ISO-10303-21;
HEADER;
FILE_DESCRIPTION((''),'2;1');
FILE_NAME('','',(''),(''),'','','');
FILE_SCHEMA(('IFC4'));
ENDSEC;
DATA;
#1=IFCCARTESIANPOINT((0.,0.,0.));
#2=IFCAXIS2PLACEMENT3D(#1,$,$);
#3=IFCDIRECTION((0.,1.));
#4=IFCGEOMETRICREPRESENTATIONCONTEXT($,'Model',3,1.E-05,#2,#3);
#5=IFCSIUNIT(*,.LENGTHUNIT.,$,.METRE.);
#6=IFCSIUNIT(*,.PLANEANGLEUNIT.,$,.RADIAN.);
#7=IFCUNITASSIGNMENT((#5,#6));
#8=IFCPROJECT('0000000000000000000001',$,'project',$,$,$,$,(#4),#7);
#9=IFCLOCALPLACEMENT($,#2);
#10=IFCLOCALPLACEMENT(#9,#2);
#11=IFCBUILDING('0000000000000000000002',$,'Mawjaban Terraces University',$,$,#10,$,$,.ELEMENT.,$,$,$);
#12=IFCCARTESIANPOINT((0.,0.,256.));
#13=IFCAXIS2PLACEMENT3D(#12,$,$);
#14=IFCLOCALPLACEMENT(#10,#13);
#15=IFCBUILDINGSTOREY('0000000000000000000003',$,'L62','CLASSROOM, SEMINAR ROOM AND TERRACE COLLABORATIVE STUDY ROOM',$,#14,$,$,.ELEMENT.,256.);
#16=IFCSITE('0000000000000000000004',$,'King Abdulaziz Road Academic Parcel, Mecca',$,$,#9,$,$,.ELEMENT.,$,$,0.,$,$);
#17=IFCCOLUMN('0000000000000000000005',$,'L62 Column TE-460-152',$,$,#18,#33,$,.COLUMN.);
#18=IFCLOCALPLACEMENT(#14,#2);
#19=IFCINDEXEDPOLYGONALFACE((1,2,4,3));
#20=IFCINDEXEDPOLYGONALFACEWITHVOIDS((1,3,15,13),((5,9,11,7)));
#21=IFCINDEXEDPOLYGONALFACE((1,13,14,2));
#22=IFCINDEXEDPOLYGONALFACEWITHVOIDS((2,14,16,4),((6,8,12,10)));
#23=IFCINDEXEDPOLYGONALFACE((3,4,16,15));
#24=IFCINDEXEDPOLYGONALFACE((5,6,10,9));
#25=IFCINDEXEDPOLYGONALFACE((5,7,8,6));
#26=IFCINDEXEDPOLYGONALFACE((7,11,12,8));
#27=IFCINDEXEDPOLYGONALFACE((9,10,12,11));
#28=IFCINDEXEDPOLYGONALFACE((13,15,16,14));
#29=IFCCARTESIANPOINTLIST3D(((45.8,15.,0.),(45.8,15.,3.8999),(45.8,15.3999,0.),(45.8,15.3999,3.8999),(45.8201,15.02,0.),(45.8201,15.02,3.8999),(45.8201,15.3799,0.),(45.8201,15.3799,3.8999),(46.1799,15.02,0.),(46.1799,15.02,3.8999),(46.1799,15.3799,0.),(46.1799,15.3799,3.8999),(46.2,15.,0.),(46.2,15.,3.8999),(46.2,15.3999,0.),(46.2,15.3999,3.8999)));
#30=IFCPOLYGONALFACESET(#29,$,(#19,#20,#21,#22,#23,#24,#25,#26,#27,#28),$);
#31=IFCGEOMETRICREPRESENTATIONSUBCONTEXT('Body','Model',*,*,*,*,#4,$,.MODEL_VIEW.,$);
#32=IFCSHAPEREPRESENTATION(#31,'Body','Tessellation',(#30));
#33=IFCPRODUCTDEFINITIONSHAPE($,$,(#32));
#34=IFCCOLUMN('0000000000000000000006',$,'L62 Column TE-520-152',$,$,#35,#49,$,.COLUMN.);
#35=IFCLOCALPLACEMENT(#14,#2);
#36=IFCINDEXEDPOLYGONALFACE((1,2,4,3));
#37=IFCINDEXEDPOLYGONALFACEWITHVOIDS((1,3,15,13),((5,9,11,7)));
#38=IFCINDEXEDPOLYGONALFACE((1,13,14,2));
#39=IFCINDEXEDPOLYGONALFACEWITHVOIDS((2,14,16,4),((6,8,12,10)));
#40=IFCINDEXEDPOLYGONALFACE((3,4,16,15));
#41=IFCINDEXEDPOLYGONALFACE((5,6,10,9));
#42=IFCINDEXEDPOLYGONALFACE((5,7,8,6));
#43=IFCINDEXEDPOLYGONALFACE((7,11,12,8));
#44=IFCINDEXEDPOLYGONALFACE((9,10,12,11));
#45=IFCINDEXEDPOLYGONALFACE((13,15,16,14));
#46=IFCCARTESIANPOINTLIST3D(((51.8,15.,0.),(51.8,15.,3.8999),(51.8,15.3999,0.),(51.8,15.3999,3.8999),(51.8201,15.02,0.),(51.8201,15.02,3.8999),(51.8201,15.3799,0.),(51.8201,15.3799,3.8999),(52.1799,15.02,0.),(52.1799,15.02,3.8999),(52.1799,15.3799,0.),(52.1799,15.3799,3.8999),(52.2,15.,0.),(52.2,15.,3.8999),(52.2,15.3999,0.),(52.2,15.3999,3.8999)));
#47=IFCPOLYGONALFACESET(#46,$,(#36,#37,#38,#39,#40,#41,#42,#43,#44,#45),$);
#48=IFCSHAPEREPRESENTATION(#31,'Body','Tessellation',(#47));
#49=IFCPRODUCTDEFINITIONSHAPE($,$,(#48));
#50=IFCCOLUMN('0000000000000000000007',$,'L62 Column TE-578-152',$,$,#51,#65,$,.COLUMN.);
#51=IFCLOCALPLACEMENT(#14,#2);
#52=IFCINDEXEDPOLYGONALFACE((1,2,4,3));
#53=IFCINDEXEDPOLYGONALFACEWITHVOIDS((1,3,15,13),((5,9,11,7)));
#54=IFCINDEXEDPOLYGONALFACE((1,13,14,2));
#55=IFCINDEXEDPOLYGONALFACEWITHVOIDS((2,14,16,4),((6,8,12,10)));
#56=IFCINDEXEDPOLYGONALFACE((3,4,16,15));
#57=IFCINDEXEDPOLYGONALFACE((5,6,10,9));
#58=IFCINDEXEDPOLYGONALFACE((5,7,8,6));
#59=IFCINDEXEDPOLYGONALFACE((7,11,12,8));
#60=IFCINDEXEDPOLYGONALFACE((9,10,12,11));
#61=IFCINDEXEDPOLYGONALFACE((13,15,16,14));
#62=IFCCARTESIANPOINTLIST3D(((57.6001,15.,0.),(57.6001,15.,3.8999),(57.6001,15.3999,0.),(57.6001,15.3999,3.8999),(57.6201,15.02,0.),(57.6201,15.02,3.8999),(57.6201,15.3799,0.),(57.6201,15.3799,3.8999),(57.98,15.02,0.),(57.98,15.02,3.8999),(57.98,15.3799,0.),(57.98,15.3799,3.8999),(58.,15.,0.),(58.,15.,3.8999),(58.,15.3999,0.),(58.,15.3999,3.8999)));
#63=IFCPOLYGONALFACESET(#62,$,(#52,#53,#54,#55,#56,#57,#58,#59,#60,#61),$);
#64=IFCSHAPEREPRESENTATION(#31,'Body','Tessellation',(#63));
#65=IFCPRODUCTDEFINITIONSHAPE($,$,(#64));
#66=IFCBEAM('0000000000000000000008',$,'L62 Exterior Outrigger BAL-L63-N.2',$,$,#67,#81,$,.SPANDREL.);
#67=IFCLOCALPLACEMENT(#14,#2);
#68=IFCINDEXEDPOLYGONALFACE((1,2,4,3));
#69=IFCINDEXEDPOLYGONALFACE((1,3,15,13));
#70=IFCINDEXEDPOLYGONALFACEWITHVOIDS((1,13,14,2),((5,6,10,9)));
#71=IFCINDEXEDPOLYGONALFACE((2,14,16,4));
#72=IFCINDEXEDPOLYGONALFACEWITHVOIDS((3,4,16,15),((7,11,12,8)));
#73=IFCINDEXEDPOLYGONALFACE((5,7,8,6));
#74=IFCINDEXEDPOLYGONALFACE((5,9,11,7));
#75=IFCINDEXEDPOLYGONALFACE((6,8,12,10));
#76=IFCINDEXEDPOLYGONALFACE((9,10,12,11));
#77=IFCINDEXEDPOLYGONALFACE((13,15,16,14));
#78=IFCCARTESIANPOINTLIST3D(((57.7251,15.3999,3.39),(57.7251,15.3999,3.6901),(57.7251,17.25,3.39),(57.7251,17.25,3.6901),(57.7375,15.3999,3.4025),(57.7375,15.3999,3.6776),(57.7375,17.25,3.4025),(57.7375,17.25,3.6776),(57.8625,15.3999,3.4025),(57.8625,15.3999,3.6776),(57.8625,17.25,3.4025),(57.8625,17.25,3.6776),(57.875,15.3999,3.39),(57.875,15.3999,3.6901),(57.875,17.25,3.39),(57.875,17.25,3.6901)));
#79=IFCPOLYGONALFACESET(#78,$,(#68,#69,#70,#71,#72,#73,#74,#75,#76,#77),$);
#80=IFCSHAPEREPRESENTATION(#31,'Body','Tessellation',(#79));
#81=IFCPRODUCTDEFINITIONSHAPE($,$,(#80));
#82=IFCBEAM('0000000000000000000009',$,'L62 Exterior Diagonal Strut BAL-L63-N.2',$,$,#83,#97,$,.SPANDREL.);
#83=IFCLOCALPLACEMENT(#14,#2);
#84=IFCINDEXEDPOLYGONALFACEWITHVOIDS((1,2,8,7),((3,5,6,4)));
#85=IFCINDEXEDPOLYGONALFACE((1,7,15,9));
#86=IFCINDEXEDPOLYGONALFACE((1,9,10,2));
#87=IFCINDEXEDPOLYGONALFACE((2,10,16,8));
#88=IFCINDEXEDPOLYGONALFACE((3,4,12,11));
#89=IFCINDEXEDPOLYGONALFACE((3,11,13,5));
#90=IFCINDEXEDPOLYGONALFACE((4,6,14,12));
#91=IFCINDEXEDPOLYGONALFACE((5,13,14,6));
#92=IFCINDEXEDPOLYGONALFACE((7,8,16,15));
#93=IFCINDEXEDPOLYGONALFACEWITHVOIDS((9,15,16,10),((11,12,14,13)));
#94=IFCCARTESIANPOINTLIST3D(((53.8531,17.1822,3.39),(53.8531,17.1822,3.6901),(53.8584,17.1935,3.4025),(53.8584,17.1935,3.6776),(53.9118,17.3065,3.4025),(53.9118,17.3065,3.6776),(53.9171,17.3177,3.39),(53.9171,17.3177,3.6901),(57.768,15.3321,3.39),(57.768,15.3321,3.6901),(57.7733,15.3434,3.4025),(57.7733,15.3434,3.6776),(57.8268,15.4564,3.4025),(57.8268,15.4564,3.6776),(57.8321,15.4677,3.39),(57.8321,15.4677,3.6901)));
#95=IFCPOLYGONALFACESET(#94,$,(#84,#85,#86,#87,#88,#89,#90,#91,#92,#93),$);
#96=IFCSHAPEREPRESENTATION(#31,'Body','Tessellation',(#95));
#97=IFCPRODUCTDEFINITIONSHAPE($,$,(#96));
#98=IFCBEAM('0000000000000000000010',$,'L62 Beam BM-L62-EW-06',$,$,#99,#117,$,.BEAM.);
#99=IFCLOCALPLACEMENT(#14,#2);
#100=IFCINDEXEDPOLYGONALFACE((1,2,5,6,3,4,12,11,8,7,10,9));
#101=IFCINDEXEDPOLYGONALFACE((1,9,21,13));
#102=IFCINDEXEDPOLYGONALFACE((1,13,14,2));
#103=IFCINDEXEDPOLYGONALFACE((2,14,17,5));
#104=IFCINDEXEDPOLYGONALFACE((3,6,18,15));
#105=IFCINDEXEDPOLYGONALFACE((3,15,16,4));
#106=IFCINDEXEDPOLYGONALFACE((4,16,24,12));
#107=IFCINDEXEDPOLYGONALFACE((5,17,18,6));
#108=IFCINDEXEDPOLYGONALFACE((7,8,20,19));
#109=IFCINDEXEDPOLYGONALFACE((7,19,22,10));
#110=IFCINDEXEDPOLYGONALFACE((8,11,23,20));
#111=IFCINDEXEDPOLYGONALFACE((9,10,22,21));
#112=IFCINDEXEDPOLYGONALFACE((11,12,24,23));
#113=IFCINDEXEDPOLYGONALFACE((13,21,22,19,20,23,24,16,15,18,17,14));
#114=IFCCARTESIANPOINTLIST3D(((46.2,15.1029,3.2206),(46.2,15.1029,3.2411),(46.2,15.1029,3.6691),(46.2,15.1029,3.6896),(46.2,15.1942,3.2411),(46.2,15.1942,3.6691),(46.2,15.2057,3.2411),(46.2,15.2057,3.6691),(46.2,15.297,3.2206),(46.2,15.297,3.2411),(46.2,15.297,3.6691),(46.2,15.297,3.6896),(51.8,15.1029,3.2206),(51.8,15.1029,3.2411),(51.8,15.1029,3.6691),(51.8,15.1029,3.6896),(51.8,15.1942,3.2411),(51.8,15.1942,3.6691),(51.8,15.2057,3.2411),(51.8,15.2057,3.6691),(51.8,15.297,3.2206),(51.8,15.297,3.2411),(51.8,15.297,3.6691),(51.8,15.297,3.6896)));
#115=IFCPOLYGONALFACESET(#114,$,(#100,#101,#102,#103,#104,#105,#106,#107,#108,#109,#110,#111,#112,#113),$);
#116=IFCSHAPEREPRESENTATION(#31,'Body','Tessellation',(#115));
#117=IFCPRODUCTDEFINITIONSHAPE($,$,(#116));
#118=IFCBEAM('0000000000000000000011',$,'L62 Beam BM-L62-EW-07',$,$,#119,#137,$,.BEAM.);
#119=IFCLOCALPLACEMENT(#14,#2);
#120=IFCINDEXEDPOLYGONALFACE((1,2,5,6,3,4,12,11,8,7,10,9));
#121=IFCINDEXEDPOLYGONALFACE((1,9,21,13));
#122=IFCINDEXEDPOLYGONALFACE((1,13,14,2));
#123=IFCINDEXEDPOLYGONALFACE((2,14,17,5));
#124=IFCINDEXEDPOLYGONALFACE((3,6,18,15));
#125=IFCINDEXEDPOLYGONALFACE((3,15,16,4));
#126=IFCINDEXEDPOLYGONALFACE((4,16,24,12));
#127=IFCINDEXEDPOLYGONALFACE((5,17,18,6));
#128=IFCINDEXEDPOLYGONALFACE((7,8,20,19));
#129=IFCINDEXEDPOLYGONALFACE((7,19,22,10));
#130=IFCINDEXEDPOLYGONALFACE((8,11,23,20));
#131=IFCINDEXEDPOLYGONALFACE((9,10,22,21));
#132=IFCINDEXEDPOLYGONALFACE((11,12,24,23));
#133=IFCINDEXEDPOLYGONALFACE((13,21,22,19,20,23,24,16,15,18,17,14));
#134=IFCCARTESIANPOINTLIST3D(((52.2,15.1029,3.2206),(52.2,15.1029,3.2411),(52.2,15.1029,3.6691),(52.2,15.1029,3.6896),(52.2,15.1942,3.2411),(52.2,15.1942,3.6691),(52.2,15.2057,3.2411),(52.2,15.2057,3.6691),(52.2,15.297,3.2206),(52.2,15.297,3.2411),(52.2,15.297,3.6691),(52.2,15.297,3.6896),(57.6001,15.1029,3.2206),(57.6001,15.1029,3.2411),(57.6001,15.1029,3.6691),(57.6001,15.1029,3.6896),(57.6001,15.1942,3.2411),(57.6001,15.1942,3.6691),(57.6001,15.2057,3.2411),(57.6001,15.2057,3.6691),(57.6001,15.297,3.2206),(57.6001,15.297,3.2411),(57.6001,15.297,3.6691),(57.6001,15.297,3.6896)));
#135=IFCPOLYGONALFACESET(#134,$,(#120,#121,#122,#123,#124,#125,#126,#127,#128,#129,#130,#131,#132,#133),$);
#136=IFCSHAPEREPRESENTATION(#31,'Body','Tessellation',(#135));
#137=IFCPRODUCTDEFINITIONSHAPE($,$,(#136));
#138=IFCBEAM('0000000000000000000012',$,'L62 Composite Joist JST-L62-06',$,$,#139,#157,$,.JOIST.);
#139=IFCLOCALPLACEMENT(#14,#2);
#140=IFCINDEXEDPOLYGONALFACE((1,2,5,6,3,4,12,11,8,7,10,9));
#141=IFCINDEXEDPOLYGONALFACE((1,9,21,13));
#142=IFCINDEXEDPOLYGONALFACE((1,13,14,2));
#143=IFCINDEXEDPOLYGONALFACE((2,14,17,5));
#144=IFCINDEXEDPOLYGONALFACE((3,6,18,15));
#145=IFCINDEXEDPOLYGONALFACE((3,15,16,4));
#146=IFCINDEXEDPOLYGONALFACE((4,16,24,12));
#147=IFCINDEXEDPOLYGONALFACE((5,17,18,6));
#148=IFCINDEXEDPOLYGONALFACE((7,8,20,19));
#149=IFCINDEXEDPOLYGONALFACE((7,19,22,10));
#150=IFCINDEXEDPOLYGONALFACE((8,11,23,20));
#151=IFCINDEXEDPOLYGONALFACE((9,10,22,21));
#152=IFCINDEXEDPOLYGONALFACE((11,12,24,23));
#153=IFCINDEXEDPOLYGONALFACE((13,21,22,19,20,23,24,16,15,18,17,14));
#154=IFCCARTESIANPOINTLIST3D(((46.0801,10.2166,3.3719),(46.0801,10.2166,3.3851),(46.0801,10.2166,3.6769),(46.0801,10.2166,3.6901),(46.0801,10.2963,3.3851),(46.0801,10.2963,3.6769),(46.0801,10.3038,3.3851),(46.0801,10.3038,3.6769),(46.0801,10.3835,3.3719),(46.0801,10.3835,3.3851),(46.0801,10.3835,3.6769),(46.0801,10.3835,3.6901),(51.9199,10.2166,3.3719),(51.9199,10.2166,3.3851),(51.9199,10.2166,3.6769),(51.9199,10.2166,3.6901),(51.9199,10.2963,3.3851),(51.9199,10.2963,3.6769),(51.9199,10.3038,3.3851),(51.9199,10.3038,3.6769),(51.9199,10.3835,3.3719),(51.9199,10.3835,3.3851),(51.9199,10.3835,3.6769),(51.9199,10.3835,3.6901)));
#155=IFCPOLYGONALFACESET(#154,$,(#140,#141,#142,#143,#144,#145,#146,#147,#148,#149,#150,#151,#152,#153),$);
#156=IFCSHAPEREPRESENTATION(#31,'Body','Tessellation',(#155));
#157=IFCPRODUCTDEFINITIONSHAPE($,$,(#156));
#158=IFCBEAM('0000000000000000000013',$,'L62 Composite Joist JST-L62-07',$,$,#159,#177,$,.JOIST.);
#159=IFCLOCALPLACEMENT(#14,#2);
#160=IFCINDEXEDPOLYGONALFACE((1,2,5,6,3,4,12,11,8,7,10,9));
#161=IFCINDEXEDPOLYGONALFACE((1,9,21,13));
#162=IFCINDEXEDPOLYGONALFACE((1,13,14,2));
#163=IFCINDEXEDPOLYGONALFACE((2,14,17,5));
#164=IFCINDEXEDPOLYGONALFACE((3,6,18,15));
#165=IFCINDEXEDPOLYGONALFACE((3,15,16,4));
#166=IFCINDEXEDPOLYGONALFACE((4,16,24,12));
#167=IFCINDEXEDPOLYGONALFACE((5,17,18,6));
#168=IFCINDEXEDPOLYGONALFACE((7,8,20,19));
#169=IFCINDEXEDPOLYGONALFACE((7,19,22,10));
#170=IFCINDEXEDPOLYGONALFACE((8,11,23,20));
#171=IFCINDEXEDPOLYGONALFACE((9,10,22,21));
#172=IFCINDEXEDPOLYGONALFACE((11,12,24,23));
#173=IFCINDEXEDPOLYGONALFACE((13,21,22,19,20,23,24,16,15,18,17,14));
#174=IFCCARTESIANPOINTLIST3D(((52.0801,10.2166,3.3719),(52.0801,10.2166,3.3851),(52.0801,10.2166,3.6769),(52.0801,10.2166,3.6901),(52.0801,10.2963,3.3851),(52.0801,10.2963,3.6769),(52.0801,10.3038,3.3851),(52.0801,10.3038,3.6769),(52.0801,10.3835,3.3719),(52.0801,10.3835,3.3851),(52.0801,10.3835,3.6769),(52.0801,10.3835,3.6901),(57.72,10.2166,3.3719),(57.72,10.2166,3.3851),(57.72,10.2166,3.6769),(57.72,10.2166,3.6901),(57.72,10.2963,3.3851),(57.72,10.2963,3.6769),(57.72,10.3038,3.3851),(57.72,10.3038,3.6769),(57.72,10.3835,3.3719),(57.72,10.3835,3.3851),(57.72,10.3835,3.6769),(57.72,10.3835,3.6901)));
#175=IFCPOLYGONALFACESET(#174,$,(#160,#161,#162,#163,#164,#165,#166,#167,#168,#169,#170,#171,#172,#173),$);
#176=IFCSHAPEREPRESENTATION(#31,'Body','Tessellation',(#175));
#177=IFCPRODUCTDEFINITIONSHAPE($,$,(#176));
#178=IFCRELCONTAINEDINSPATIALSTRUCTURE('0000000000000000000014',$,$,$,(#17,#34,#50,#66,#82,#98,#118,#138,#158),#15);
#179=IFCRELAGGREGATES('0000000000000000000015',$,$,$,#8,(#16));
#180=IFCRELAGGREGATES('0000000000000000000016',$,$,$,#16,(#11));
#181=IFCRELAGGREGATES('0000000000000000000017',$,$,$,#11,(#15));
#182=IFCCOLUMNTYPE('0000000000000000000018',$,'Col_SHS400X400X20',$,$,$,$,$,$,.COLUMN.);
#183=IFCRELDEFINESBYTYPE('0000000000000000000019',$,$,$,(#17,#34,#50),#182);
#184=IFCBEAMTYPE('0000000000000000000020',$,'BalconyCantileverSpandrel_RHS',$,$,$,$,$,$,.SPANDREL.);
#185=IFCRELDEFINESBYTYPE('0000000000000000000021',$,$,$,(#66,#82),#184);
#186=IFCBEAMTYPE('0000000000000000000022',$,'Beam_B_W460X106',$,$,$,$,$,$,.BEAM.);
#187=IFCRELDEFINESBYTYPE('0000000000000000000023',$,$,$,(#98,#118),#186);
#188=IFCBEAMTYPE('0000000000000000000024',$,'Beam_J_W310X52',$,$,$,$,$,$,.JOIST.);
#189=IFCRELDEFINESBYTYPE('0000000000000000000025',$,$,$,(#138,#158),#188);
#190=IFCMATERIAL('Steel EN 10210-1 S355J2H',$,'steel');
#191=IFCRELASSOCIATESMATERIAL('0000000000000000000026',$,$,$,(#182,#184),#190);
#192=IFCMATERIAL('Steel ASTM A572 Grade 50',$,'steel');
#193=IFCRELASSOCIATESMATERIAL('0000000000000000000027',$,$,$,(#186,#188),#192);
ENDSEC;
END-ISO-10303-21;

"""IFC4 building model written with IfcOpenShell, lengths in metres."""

from ifc_helpers import new_model, si_unit, direction, frame, origin, origin_2d, place, context, subcontext, project, spatial, hollow_rectangle, i_section, extrude, material, material_profile, profile_set, type_object, element, save


model = new_model("IFC4")

# Units and contexts
model_context = context("Model", 3, precision=1e-05, world=origin(), true_north=direction((0.0, 1.0)))
body_context = subcontext(model_context, "Body", "Model", "MODEL_VIEW")
ifc_project = project(units=[si_unit("LENGTHUNIT", "METRE"), si_unit("PLANEANGLEUNIT", "RADIAN")], contexts=[model_context])

# Site, building, storey
site_placement = place(None, origin())
site = spatial("IfcSite", under=ifc_project, at=site_placement, Name="King Abdulaziz Road Academic Parcel, Mecca", CompositionType="ELEMENT", RefElevation=0.0)
building_placement = place(site_placement, origin())
building = spatial("IfcBuilding", under=site, at=building_placement, Name="Mawjaban Terraces University", CompositionType="ELEMENT")
storey_placement = place(building_placement, frame((0.0, 0.0, 256.0)))
storey = spatial("IfcBuildingStorey", under=building, at=storey_placement, Name="L62", Description="CLASSROOM, SEMINAR ROOM AND TERRACE COLLABORATIVE STUDY ROOM", CompositionType="ELEMENT", Elevation=256.0)

# Columns
ifc_material_1 = material(Name="Steel EN 10210-1 S355J2H", Category="steel")
ifc_material_profile_1 = material_profile(ifc_material_1, hollow_rectangle(XDim=0.3999, YDim=0.3999, WallThickness=0.02, at=origin_2d()), Name="SHS400X400X20")
ifc_profile_set_1 = profile_set([ifc_material_profile_1], Name="Steel EN 10210-1 S355J2H")
column_type = type_object("IfcColumnType", Name="Col_SHS400X400X20", PredefinedType="COLUMN", material=ifc_profile_set_1)
for number, where, z_axis, x_axis, name in (
    (1, (46.0, 15.2, 0.0), (0.0, 0.0, 1.0), (1.0, 0.0, 0.0), "L62 Column TE-460-152"),
    (2, (52.0, 15.2, 0.0), (0.0, 0.0, 1.0), (1.0, 0.0, 0.0), "L62 Column TE-520-152"),
    (3, (57.8, 15.2, 0.0), (0.0, 0.0, 1.0), (1.0, 0.0, 0.0), "L62 Column TE-578-152"),
):
    element("IfcColumn", number, at=place(storey_placement, frame(where, z_axis=z_axis, x_axis=x_axis)), inside=storey, type_object=column_type, Name=name, PredefinedType="COLUMN", context=body_context, shape_type="SweptSolid", body=[
        extrude(hollow_rectangle(XDim=0.3999, YDim=0.3999, WallThickness=0.02, at=origin_2d()), origin(), (0.0, 0.0, 1.0), 3.8999),
    ])

# Beams
ifc_material_profile_2 = material_profile(ifc_material_1, hollow_rectangle(XDim=0.1499, YDim=0.3, WallThickness=0.0125, at=origin_2d()), Name="RHS300X150X12.5")
ifc_profile_set_2 = profile_set([ifc_material_profile_2], Name="Steel EN 10210-1 S355J2H")
beam_type_1 = type_object("IfcBeamType", Name="BalconyCantileverSpandrel_RHS", PredefinedType="SPANDREL", material=ifc_profile_set_2)
beam_1_placement = place(storey_placement, frame((57.8, 15.3999, 3.54), z_axis=(0.0, 1.0, 0.0), x_axis=(-1.0, 0.0, 0.0)))
element("IfcBeam", 4, at=beam_1_placement, inside=storey, type_object=beam_type_1, Name="L62 Exterior Outrigger BAL-L63-N.2", PredefinedType="SPANDREL", context=body_context, shape_type="SweptSolid", body=[
    extrude(hollow_rectangle(XDim=0.1499, YDim=0.3, WallThickness=0.0125, at=origin_2d()), origin(), (0.0, 0.0, 1.0), 1.8501),
])
beam_2_placement = place(storey_placement, frame((57.8, 15.3999, 3.54), z_axis=(-0.90413, 0.427257, 0.0), x_axis=(-0.427257, -0.90413, 0.0)))
element("IfcBeam", 5, at=beam_2_placement, inside=storey, type_object=beam_type_1, Name="L62 Exterior Diagonal Strut BAL-L63-N.2", PredefinedType="SPANDREL", context=body_context, shape_type="SweptSolid", body=[
    extrude(hollow_rectangle(XDim=0.1499, YDim=0.3, WallThickness=0.0125, at=origin_2d()), origin(), (0.0, 0.0, 1.0), 4.3301),
])
ifc_material_2 = material(Name="Steel ASTM A572 Grade 50", Category="steel")
ifc_material_profile_3 = material_profile(ifc_material_2, i_section(OverallWidth=0.1941, OverallDepth=0.469, WebThickness=0.0115, FlangeThickness=0.0205, at=origin_2d()), Name="W460X106")
ifc_profile_set_3 = profile_set([ifc_material_profile_3], Name="Steel ASTM A572 Grade 50")
beam_type_2 = type_object("IfcBeamType", Name="Beam_B_W460X106", PredefinedType="BEAM", material=ifc_profile_set_3)
beam_3_placement = place(storey_placement, frame((46.2, 15.2, 3.4551), z_axis=(1.0, 0.0, 0.0), x_axis=(0.0, 1.0, 0.0)))
element("IfcBeam", 6, at=beam_3_placement, inside=storey, type_object=beam_type_2, Name="L62 Beam BM-L62-EW-06", PredefinedType="BEAM", context=body_context, shape_type="SweptSolid", body=[
    extrude(i_section(OverallWidth=0.1941, OverallDepth=0.469, WebThickness=0.0115, FlangeThickness=0.0205, at=origin_2d()), origin(), (0.0, 0.0, 1.0), 5.6001),
])
beam_4_placement = place(storey_placement, frame((52.2, 15.2, 3.4551), z_axis=(1.0, 0.0, 0.0), x_axis=(0.0, 1.0, 0.0)))
element("IfcBeam", 7, at=beam_4_placement, inside=storey, type_object=beam_type_2, Name="L62 Beam BM-L62-EW-07", PredefinedType="BEAM", context=body_context, shape_type="SweptSolid", body=[
    extrude(i_section(OverallWidth=0.1941, OverallDepth=0.469, WebThickness=0.0115, FlangeThickness=0.0205, at=origin_2d()), origin(), (0.0, 0.0, 1.0), 5.4001),
])
ifc_material_profile_4 = material_profile(ifc_material_2, i_section(OverallWidth=0.167, OverallDepth=0.3181, WebThickness=0.0076, FlangeThickness=0.0132, at=origin_2d()), Name="W310X52")
ifc_profile_set_4 = profile_set([ifc_material_profile_4], Name="Steel ASTM A572 Grade 50")
beam_type_3 = type_object("IfcBeamType", Name="Beam_J_W310X52", PredefinedType="JOIST", material=ifc_profile_set_4)
beam_5_placement = place(storey_placement, frame((46.0801, 10.3, 3.531), z_axis=(1.0, 0.0, 0.0), x_axis=(0.0, 1.0, 0.0)))
element("IfcBeam", 8, at=beam_5_placement, inside=storey, type_object=beam_type_3, Name="L62 Composite Joist JST-L62-06", PredefinedType="JOIST", context=body_context, shape_type="SweptSolid", body=[
    extrude(i_section(OverallWidth=0.167, OverallDepth=0.3181, WebThickness=0.0076, FlangeThickness=0.0132, at=origin_2d()), origin(), (0.0, 0.0, 1.0), 5.8398),
])
beam_6_placement = place(storey_placement, frame((52.0801, 10.3, 3.531), z_axis=(1.0, 0.0, 0.0), x_axis=(0.0, 1.0, 0.0)))
element("IfcBeam", 9, at=beam_6_placement, inside=storey, type_object=beam_type_3, Name="L62 Composite Joist JST-L62-07", PredefinedType="JOIST", context=body_context, shape_type="SweptSolid", body=[
    extrude(i_section(OverallWidth=0.167, OverallDepth=0.3181, WebThickness=0.0076, FlangeThickness=0.0132, at=origin_2d()), origin(), (0.0, 0.0, 1.0), 5.6399),
])

save(model, "model.ifc")
